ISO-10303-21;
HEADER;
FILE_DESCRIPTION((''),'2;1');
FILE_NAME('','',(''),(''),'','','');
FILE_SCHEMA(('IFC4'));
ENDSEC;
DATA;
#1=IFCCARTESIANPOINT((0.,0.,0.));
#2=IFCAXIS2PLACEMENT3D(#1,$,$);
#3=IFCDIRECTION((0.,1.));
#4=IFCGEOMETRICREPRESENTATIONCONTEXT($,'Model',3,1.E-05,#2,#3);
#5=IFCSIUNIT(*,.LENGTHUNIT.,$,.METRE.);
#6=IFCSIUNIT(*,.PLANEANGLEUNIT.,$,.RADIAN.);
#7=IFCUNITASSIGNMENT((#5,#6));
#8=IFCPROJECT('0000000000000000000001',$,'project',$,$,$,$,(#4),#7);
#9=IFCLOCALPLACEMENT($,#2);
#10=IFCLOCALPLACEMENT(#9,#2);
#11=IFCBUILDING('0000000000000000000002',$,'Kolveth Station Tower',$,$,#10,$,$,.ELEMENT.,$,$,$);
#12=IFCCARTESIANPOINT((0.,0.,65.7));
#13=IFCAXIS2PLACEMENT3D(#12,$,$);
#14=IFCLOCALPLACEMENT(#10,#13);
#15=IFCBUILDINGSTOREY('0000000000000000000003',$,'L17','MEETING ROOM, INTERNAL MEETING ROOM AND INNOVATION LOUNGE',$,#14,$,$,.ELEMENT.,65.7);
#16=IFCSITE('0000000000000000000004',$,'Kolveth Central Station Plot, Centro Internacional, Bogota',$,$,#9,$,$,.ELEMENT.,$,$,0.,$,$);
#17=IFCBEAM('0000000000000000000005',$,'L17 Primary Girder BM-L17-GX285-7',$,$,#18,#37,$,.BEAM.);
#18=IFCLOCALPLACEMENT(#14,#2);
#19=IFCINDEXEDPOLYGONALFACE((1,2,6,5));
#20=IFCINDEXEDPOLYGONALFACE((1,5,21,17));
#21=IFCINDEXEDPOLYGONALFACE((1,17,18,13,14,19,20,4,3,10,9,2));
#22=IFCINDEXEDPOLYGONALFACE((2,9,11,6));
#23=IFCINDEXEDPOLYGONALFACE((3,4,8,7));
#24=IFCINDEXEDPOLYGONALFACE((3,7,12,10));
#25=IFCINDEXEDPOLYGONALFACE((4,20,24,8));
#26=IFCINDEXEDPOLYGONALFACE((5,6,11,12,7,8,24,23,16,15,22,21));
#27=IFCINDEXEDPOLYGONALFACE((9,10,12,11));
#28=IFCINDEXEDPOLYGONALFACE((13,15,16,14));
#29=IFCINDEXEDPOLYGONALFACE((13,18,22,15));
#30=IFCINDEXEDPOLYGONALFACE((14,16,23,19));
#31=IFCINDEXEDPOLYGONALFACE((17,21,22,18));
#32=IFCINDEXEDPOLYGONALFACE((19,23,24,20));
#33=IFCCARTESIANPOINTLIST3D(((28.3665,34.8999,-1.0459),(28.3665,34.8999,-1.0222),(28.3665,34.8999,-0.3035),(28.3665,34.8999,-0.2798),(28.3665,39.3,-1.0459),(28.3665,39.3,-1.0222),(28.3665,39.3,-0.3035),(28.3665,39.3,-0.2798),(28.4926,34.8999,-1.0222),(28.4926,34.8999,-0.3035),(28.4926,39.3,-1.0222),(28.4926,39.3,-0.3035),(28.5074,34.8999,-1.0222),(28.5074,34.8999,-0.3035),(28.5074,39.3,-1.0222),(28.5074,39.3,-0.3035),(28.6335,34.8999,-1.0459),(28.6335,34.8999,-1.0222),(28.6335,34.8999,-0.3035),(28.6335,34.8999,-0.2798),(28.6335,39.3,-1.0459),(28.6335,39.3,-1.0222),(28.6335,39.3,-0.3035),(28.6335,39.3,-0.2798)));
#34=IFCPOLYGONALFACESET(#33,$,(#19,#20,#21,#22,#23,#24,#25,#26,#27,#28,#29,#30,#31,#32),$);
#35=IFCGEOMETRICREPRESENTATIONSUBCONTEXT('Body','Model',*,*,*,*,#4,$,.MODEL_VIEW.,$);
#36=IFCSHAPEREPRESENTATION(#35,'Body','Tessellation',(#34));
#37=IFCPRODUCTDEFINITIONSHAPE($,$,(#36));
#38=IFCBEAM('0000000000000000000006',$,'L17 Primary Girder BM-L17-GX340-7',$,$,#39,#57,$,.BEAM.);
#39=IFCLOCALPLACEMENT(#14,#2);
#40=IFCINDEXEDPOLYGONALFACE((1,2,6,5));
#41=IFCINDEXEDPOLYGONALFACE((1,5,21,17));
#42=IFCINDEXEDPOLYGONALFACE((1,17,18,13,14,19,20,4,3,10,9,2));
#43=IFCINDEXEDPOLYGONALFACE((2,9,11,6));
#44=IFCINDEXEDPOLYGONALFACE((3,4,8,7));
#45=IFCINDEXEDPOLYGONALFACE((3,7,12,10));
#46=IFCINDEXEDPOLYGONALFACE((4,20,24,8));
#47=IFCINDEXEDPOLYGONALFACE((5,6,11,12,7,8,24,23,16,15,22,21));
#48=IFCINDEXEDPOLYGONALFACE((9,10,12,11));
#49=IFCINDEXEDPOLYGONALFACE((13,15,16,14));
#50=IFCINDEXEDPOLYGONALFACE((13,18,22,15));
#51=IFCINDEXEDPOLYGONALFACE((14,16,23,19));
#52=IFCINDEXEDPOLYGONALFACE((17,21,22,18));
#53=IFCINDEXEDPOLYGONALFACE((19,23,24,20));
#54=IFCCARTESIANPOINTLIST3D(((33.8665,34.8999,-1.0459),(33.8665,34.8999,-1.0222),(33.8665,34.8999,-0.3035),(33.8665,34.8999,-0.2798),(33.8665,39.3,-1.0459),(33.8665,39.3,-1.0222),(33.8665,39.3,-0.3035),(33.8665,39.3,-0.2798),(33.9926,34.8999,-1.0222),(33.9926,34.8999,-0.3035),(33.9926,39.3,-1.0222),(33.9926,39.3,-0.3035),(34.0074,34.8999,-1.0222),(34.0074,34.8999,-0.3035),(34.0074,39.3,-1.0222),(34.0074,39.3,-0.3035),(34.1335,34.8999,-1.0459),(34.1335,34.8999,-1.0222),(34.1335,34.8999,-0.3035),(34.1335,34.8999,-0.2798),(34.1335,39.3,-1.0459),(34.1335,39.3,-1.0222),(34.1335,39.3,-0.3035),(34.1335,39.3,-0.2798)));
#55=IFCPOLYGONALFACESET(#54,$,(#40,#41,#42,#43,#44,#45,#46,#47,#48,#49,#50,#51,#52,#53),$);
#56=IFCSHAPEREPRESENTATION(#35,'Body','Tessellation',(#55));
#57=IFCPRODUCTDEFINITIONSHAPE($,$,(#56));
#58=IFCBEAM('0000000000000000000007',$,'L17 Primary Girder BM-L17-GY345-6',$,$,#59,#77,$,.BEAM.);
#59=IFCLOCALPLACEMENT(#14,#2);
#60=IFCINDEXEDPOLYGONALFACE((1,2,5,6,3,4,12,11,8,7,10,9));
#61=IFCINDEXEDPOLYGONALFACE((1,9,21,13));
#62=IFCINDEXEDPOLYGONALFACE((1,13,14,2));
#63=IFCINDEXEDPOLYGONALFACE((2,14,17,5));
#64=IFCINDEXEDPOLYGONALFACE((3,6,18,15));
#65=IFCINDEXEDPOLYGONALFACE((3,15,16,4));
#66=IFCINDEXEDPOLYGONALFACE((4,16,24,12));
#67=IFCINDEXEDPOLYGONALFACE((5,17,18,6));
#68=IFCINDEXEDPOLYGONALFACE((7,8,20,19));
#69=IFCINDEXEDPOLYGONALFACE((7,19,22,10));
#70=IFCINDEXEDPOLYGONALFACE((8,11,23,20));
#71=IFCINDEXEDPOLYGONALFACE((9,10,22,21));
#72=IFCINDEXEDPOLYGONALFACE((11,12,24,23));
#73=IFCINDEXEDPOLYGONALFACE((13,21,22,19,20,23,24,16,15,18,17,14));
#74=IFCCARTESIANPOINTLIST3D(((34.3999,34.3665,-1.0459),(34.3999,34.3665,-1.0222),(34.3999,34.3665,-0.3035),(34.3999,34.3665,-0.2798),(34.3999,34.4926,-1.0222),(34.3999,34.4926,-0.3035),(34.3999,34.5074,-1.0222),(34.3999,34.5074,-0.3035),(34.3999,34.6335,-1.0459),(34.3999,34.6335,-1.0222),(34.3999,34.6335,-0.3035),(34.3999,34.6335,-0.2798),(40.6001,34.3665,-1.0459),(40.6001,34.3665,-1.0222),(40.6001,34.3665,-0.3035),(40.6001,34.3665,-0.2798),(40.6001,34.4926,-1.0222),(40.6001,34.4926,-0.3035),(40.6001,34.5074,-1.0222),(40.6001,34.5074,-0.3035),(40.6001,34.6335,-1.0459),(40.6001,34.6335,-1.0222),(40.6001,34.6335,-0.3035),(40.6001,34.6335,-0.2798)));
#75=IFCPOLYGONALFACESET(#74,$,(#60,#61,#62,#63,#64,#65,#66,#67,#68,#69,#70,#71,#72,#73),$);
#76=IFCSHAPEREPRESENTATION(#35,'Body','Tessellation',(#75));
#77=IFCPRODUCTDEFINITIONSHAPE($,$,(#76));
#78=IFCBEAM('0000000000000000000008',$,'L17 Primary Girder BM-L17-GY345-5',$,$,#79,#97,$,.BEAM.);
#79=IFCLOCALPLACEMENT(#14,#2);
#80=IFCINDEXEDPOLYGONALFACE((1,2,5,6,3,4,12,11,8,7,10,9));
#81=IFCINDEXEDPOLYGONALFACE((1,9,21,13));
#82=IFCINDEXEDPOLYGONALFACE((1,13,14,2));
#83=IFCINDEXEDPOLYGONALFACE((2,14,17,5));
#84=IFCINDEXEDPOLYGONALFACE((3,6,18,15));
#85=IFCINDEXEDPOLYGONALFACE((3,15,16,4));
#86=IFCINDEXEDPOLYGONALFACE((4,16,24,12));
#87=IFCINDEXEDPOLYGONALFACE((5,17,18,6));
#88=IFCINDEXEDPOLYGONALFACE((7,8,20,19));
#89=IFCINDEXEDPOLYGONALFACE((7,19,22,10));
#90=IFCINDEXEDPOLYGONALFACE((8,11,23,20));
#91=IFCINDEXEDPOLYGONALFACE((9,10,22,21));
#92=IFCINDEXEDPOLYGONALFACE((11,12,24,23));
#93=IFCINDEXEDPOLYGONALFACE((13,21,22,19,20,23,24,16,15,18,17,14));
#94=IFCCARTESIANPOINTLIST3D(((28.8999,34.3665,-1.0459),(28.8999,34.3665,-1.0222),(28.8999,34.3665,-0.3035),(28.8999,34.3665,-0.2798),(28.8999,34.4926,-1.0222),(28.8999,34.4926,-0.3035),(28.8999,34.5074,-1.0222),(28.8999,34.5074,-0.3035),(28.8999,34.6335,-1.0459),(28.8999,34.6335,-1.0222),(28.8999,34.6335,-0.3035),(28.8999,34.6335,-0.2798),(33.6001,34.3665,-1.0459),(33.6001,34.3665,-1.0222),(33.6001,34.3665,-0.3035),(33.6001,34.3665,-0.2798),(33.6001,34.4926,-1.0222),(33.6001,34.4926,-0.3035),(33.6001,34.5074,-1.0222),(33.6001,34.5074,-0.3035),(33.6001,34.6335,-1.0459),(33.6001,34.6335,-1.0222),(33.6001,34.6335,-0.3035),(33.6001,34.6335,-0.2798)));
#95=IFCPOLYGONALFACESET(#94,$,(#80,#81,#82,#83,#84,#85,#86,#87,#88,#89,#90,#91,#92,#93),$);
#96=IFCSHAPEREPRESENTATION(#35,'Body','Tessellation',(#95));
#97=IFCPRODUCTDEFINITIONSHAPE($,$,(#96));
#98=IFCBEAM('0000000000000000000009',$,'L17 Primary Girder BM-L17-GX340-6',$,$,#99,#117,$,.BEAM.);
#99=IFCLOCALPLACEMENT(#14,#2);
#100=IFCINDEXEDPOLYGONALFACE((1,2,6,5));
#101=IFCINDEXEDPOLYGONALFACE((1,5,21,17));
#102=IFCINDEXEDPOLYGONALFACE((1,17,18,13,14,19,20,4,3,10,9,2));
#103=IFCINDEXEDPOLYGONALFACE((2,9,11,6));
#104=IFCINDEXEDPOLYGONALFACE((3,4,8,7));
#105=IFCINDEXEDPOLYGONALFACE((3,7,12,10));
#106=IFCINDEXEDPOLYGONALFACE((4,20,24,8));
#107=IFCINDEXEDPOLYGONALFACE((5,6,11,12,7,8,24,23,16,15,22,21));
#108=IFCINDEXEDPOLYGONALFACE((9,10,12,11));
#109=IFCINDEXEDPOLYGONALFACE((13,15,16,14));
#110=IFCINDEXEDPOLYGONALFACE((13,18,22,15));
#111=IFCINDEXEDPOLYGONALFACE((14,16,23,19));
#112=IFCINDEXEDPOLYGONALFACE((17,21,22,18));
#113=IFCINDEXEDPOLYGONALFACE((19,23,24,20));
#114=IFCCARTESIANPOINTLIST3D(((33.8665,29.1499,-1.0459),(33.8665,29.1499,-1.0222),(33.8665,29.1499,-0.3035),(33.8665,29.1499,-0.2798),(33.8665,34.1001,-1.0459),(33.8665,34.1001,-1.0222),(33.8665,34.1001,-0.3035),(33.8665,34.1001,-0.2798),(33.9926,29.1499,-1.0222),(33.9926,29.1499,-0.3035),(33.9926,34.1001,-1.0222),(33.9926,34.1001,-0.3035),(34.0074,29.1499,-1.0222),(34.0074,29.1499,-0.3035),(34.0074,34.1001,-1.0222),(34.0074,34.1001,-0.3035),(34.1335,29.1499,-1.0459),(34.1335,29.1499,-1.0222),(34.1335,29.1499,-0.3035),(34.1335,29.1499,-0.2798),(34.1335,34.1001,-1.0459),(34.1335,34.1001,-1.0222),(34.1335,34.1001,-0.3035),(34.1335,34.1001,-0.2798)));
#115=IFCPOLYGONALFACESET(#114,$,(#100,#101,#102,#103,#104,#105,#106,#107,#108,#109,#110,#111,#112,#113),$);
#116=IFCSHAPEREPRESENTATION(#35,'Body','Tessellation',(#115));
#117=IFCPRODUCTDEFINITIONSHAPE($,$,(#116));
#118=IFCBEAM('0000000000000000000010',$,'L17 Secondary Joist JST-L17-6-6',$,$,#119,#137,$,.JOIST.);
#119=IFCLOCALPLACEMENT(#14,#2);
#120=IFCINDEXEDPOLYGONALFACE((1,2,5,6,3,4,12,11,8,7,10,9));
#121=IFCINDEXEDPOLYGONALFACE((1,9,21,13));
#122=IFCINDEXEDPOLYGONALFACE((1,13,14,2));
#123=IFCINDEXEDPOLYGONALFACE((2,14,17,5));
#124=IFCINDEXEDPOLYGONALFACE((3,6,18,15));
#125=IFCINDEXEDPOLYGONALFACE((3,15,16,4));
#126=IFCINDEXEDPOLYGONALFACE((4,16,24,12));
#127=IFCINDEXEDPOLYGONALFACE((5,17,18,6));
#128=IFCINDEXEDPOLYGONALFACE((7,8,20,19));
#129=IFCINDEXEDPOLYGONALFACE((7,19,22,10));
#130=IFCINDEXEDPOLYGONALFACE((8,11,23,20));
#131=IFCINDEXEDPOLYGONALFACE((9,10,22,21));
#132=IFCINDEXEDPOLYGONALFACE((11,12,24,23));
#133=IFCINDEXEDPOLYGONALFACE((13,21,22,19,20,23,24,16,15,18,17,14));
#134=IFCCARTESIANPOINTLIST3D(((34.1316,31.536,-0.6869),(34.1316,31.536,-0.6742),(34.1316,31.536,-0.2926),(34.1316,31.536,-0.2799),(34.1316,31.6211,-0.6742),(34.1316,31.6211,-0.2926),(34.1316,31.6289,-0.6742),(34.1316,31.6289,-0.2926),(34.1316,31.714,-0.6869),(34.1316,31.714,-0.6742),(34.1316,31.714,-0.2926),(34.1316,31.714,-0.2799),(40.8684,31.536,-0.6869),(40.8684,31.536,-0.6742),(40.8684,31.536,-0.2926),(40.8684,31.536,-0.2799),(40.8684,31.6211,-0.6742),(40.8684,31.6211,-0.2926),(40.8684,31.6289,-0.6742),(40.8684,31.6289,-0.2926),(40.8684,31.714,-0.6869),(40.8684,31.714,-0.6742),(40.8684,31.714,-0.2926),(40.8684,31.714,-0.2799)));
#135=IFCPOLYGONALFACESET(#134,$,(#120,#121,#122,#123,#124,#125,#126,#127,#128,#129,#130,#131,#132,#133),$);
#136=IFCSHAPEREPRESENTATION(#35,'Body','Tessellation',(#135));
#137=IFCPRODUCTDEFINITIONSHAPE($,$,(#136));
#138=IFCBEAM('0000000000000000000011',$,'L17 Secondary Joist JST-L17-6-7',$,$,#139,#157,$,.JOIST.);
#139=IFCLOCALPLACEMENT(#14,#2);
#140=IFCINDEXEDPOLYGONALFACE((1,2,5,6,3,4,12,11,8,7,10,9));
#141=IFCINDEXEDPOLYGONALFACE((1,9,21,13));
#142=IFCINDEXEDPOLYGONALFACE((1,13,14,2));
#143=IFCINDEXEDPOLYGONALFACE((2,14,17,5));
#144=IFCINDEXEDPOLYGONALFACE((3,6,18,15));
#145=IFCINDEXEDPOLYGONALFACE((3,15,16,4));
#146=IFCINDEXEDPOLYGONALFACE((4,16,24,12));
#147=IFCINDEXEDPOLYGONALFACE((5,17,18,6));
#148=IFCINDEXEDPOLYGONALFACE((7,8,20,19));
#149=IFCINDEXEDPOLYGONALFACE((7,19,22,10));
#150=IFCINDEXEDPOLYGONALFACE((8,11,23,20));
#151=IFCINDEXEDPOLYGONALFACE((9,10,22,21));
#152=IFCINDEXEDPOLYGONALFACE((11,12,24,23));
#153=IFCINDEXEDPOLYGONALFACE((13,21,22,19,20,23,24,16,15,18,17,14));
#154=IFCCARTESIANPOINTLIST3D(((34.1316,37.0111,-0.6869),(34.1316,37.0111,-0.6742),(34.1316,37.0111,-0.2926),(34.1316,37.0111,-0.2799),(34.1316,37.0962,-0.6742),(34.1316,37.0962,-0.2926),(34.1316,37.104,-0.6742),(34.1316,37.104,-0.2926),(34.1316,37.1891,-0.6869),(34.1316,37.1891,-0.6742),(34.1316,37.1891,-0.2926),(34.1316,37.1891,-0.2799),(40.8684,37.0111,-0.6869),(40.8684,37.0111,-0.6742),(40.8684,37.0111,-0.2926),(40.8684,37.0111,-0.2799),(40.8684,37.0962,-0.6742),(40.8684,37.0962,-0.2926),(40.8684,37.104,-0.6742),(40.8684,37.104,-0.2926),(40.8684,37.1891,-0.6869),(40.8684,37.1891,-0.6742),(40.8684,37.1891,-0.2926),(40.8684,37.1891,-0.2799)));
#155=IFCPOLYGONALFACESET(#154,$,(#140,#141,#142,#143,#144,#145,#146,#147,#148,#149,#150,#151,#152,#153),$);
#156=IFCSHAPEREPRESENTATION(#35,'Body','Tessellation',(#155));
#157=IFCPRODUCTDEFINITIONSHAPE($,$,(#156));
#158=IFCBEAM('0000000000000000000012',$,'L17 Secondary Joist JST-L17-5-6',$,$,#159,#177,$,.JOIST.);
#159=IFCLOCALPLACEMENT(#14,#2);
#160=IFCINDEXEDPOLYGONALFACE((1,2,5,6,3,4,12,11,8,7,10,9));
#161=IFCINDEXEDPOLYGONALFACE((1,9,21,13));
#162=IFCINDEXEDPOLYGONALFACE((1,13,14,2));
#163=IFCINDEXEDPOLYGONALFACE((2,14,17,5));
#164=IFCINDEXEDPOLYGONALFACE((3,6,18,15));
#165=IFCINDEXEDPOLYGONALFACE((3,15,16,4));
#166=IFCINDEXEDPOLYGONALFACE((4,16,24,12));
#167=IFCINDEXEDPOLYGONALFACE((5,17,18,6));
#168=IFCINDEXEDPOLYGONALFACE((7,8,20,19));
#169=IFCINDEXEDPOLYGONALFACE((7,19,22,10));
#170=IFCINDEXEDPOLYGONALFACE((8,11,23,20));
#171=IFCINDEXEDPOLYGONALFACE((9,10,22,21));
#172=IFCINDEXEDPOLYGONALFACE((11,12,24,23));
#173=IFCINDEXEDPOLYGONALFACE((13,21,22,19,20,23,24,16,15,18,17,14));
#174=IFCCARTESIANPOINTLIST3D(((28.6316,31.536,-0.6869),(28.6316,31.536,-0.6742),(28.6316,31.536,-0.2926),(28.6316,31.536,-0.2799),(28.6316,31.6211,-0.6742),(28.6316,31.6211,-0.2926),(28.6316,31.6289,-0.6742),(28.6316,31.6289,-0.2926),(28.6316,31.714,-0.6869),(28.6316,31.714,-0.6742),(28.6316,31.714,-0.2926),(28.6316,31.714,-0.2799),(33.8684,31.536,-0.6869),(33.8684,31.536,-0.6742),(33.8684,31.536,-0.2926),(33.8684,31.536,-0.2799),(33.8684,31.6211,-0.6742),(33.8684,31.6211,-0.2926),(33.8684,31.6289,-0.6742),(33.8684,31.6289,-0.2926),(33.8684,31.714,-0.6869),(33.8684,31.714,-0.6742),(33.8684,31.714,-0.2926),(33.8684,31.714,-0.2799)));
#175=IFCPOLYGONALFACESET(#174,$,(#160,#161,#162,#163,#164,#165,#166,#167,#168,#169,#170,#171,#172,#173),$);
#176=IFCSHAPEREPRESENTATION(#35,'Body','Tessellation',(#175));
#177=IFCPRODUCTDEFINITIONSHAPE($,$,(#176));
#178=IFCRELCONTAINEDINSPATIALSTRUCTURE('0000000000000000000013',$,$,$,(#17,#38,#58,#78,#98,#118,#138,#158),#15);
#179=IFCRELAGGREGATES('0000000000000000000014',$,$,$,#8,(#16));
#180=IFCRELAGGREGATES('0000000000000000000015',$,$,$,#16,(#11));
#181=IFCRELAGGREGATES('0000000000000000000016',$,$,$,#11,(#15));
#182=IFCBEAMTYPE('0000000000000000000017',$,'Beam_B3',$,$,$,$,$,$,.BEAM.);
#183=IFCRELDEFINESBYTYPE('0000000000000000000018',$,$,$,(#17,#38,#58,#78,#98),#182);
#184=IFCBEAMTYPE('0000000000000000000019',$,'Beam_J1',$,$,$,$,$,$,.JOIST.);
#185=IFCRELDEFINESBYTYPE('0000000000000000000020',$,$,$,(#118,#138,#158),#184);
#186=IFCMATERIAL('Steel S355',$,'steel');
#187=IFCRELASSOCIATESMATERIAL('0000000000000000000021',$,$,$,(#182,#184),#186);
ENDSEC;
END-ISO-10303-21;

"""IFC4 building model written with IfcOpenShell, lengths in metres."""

from ifc_helpers import new_model, si_unit, direction, frame, origin, origin_2d, place, context, subcontext, project, spatial, i_section, extrude, source, transform, mapped, material, material_profile, profile_set, type_object, element, save


model = new_model("IFC4")

# Units and contexts
model_context = context("Model", 3, precision=1e-05, world=origin(), true_north=direction((0.0, 1.0)))
body_context = subcontext(model_context, "Body", "Model", "MODEL_VIEW")
ifc_project = project(units=[si_unit("LENGTHUNIT", "METRE"), si_unit("PLANEANGLEUNIT", "RADIAN")], contexts=[model_context])

# Site, building, storey
site_placement = place(None, origin())
site = spatial("IfcSite", under=ifc_project, at=site_placement, Name="Kolveth Central Station Plot, Centro Internacional, Bogota", CompositionType="ELEMENT", RefElevation=0.0)
building_placement = place(site_placement, origin())
building = spatial("IfcBuilding", under=site, at=building_placement, Name="Kolveth Station Tower", CompositionType="ELEMENT")
storey_placement = place(building_placement, frame((0.0, 0.0, 65.7)))
storey = spatial("IfcBuildingStorey", under=building, at=storey_placement, Name="L17", Description="MEETING ROOM, INTERNAL MEETING ROOM AND INNOVATION LOUNGE", CompositionType="ELEMENT", Elevation=65.7)

# Shared definitions
ifc_material_1 = material(Name="Steel S355", Category="steel")

# Beams
ifc_material_profile_1 = material_profile(ifc_material_1, i_section(OverallWidth=0.2671, OverallDepth=0.7661, WebThickness=0.0149, FlangeThickness=0.0237, at=origin_2d()), Name="W760x185")
ifc_profile_set_1 = profile_set([ifc_material_profile_1], Name="Steel S355")
beam_type_1 = type_object("IfcBeamType", Name="Beam_B3", PredefinedType="BEAM", material=ifc_profile_set_1)
shared_shape_1 = source(origin(), body_context, "Body", "SweptSolid", [
    extrude(i_section(OverallWidth=0.2671, OverallDepth=0.7661, WebThickness=0.0149, FlangeThickness=0.0237, at=origin_2d()), origin(), (0.0, 0.0, 1.0), 4.4001),
])
for number, where, z_axis, x_axis, name in (
    (1, (28.5, 34.8999, -0.6628), (0.0, 1.0, 0.0), (-1.0, 0.0, 0.0), "L17 Primary Girder BM-L17-GX285-7"),
    (2, (34.0, 34.8999, -0.6628), (0.0, 1.0, 0.0), (-1.0, 0.0, 0.0), "L17 Primary Girder BM-L17-GX340-7"),
):
    element("IfcBeam", number, at=place(storey_placement, frame(where, z_axis=z_axis, x_axis=x_axis)), inside=storey, type_object=beam_type_1, Name=name, PredefinedType="BEAM", context=body_context, shape_type="MappedRepresentation", body=[
        mapped(shared_shape_1, transform((0.0, 0.0, 0.0), x_axis=(1.0, 0.0, 0.0), y_axis=(0.0, 1.0, 0.0), z_axis=(0.0, 0.0, 1.0), scale=1.0)),
    ])
shared_shape_2 = source(origin(), body_context, "Body", "SweptSolid", [
    extrude(i_section(OverallWidth=0.2671, OverallDepth=0.7661, WebThickness=0.0149, FlangeThickness=0.0237, at=origin_2d()), origin(), (0.0, 0.0, 1.0), 6.2002),
])
beam_1_placement = place(storey_placement, frame((34.3999, 34.5, -0.6628), z_axis=(1.0, 0.0, 0.0), x_axis=(0.0, 1.0, 0.0)))
element("IfcBeam", 3, at=beam_1_placement, inside=storey, type_object=beam_type_1, Name="L17 Primary Girder BM-L17-GY345-6", PredefinedType="BEAM", context=body_context, shape_type="MappedRepresentation", body=[
    mapped(shared_shape_2, transform((0.0, 0.0, 0.0), x_axis=(1.0, 0.0, 0.0), y_axis=(0.0, 1.0, 0.0), z_axis=(0.0, 0.0, 1.0), scale=1.0)),
])
shared_shape_3 = source(origin(), body_context, "Body", "SweptSolid", [
    extrude(i_section(OverallWidth=0.2671, OverallDepth=0.7661, WebThickness=0.0149, FlangeThickness=0.0237, at=origin_2d()), origin(), (0.0, 0.0, 1.0), 4.7002),
])
beam_2_placement = place(storey_placement, frame((28.8999, 34.5, -0.6628), z_axis=(1.0, 0.0, 0.0), x_axis=(0.0, 1.0, 0.0)))
element("IfcBeam", 4, at=beam_2_placement, inside=storey, type_object=beam_type_1, Name="L17 Primary Girder BM-L17-GY345-5", PredefinedType="BEAM", context=body_context, shape_type="MappedRepresentation", body=[
    mapped(shared_shape_3, transform((0.0, 0.0, 0.0), x_axis=(1.0, 0.0, 0.0), y_axis=(0.0, 1.0, 0.0), z_axis=(0.0, 0.0, 1.0), scale=1.0)),
])
shared_shape_4 = source(origin(), body_context, "Body", "SweptSolid", [
    extrude(i_section(OverallWidth=0.2671, OverallDepth=0.7661, WebThickness=0.0149, FlangeThickness=0.0237, at=origin_2d()), origin(), (0.0, 0.0, 1.0), 4.9502),
])
beam_3_placement = place(storey_placement, frame((34.0, 29.1499, -0.6628), z_axis=(0.0, 1.0, 0.0), x_axis=(-1.0, 0.0, 0.0)))
element("IfcBeam", 5, at=beam_3_placement, inside=storey, type_object=beam_type_1, Name="L17 Primary Girder BM-L17-GX340-6", PredefinedType="BEAM", context=body_context, shape_type="MappedRepresentation", body=[
    mapped(shared_shape_4, transform((0.0, 0.0, 0.0), x_axis=(1.0, 0.0, 0.0), y_axis=(0.0, 1.0, 0.0), z_axis=(0.0, 0.0, 1.0), scale=1.0)),
])
ifc_material_profile_2 = material_profile(ifc_material_1, i_section(OverallWidth=0.178, OverallDepth=0.407, WebThickness=0.0078, FlangeThickness=0.0127, at=origin_2d()), Name="W410x60")
ifc_profile_set_2 = profile_set([ifc_material_profile_2], Name="Steel S355")
beam_type_2 = type_object("IfcBeamType", Name="Beam_J1", PredefinedType="JOIST", material=ifc_profile_set_2)
shared_shape_5 = source(origin(), body_context, "Body", "SweptSolid", [
    extrude(i_section(OverallWidth=0.178, OverallDepth=0.407, WebThickness=0.0078, FlangeThickness=0.0127, at=origin_2d()), origin(), (0.0, 0.0, 1.0), 6.7368),
])
for number, where, z_axis, x_axis, name in (
    (6, (34.1316, 31.625, -0.4834), (1.0, 0.0, 0.0), (0.0, 1.0, 0.0), "L17 Secondary Joist JST-L17-6-6"),
    (7, (34.1316, 37.1001, -0.4834), (1.0, 0.0, 0.0), (0.0, 1.0, 0.0), "L17 Secondary Joist JST-L17-6-7"),
):
    element("IfcBeam", number, at=place(storey_placement, frame(where, z_axis=z_axis, x_axis=x_axis)), inside=storey, type_object=beam_type_2, Name=name, PredefinedType="JOIST", context=body_context, shape_type="MappedRepresentation", body=[
        mapped(shared_shape_5, transform((0.0, 0.0, 0.0), x_axis=(1.0, 0.0, 0.0), y_axis=(0.0, 1.0, 0.0), z_axis=(0.0, 0.0, 1.0), scale=1.0)),
    ])
shared_shape_6 = source(origin(), body_context, "Body", "SweptSolid", [
    extrude(i_section(OverallWidth=0.178, OverallDepth=0.407, WebThickness=0.0078, FlangeThickness=0.0127, at=origin_2d()), origin(), (0.0, 0.0, 1.0), 5.2368),
])
for number, where, z_axis, x_axis, name in (
    (8, (28.6316, 31.625, -0.4834), (1.0, 0.0, 0.0), (0.0, 1.0, 0.0), "L17 Secondary Joist JST-L17-5-6"),
):
    element("IfcBeam", number, at=place(storey_placement, frame(where, z_axis=z_axis, x_axis=x_axis)), inside=storey, type_object=beam_type_2, Name=name, PredefinedType="JOIST", context=body_context, shape_type="MappedRepresentation", body=[
        mapped(shared_shape_6, transform((0.0, 0.0, 0.0), x_axis=(1.0, 0.0, 0.0), y_axis=(0.0, 1.0, 0.0), z_axis=(0.0, 0.0, 1.0), scale=1.0)),
    ])

save(model, "model.ifc")
